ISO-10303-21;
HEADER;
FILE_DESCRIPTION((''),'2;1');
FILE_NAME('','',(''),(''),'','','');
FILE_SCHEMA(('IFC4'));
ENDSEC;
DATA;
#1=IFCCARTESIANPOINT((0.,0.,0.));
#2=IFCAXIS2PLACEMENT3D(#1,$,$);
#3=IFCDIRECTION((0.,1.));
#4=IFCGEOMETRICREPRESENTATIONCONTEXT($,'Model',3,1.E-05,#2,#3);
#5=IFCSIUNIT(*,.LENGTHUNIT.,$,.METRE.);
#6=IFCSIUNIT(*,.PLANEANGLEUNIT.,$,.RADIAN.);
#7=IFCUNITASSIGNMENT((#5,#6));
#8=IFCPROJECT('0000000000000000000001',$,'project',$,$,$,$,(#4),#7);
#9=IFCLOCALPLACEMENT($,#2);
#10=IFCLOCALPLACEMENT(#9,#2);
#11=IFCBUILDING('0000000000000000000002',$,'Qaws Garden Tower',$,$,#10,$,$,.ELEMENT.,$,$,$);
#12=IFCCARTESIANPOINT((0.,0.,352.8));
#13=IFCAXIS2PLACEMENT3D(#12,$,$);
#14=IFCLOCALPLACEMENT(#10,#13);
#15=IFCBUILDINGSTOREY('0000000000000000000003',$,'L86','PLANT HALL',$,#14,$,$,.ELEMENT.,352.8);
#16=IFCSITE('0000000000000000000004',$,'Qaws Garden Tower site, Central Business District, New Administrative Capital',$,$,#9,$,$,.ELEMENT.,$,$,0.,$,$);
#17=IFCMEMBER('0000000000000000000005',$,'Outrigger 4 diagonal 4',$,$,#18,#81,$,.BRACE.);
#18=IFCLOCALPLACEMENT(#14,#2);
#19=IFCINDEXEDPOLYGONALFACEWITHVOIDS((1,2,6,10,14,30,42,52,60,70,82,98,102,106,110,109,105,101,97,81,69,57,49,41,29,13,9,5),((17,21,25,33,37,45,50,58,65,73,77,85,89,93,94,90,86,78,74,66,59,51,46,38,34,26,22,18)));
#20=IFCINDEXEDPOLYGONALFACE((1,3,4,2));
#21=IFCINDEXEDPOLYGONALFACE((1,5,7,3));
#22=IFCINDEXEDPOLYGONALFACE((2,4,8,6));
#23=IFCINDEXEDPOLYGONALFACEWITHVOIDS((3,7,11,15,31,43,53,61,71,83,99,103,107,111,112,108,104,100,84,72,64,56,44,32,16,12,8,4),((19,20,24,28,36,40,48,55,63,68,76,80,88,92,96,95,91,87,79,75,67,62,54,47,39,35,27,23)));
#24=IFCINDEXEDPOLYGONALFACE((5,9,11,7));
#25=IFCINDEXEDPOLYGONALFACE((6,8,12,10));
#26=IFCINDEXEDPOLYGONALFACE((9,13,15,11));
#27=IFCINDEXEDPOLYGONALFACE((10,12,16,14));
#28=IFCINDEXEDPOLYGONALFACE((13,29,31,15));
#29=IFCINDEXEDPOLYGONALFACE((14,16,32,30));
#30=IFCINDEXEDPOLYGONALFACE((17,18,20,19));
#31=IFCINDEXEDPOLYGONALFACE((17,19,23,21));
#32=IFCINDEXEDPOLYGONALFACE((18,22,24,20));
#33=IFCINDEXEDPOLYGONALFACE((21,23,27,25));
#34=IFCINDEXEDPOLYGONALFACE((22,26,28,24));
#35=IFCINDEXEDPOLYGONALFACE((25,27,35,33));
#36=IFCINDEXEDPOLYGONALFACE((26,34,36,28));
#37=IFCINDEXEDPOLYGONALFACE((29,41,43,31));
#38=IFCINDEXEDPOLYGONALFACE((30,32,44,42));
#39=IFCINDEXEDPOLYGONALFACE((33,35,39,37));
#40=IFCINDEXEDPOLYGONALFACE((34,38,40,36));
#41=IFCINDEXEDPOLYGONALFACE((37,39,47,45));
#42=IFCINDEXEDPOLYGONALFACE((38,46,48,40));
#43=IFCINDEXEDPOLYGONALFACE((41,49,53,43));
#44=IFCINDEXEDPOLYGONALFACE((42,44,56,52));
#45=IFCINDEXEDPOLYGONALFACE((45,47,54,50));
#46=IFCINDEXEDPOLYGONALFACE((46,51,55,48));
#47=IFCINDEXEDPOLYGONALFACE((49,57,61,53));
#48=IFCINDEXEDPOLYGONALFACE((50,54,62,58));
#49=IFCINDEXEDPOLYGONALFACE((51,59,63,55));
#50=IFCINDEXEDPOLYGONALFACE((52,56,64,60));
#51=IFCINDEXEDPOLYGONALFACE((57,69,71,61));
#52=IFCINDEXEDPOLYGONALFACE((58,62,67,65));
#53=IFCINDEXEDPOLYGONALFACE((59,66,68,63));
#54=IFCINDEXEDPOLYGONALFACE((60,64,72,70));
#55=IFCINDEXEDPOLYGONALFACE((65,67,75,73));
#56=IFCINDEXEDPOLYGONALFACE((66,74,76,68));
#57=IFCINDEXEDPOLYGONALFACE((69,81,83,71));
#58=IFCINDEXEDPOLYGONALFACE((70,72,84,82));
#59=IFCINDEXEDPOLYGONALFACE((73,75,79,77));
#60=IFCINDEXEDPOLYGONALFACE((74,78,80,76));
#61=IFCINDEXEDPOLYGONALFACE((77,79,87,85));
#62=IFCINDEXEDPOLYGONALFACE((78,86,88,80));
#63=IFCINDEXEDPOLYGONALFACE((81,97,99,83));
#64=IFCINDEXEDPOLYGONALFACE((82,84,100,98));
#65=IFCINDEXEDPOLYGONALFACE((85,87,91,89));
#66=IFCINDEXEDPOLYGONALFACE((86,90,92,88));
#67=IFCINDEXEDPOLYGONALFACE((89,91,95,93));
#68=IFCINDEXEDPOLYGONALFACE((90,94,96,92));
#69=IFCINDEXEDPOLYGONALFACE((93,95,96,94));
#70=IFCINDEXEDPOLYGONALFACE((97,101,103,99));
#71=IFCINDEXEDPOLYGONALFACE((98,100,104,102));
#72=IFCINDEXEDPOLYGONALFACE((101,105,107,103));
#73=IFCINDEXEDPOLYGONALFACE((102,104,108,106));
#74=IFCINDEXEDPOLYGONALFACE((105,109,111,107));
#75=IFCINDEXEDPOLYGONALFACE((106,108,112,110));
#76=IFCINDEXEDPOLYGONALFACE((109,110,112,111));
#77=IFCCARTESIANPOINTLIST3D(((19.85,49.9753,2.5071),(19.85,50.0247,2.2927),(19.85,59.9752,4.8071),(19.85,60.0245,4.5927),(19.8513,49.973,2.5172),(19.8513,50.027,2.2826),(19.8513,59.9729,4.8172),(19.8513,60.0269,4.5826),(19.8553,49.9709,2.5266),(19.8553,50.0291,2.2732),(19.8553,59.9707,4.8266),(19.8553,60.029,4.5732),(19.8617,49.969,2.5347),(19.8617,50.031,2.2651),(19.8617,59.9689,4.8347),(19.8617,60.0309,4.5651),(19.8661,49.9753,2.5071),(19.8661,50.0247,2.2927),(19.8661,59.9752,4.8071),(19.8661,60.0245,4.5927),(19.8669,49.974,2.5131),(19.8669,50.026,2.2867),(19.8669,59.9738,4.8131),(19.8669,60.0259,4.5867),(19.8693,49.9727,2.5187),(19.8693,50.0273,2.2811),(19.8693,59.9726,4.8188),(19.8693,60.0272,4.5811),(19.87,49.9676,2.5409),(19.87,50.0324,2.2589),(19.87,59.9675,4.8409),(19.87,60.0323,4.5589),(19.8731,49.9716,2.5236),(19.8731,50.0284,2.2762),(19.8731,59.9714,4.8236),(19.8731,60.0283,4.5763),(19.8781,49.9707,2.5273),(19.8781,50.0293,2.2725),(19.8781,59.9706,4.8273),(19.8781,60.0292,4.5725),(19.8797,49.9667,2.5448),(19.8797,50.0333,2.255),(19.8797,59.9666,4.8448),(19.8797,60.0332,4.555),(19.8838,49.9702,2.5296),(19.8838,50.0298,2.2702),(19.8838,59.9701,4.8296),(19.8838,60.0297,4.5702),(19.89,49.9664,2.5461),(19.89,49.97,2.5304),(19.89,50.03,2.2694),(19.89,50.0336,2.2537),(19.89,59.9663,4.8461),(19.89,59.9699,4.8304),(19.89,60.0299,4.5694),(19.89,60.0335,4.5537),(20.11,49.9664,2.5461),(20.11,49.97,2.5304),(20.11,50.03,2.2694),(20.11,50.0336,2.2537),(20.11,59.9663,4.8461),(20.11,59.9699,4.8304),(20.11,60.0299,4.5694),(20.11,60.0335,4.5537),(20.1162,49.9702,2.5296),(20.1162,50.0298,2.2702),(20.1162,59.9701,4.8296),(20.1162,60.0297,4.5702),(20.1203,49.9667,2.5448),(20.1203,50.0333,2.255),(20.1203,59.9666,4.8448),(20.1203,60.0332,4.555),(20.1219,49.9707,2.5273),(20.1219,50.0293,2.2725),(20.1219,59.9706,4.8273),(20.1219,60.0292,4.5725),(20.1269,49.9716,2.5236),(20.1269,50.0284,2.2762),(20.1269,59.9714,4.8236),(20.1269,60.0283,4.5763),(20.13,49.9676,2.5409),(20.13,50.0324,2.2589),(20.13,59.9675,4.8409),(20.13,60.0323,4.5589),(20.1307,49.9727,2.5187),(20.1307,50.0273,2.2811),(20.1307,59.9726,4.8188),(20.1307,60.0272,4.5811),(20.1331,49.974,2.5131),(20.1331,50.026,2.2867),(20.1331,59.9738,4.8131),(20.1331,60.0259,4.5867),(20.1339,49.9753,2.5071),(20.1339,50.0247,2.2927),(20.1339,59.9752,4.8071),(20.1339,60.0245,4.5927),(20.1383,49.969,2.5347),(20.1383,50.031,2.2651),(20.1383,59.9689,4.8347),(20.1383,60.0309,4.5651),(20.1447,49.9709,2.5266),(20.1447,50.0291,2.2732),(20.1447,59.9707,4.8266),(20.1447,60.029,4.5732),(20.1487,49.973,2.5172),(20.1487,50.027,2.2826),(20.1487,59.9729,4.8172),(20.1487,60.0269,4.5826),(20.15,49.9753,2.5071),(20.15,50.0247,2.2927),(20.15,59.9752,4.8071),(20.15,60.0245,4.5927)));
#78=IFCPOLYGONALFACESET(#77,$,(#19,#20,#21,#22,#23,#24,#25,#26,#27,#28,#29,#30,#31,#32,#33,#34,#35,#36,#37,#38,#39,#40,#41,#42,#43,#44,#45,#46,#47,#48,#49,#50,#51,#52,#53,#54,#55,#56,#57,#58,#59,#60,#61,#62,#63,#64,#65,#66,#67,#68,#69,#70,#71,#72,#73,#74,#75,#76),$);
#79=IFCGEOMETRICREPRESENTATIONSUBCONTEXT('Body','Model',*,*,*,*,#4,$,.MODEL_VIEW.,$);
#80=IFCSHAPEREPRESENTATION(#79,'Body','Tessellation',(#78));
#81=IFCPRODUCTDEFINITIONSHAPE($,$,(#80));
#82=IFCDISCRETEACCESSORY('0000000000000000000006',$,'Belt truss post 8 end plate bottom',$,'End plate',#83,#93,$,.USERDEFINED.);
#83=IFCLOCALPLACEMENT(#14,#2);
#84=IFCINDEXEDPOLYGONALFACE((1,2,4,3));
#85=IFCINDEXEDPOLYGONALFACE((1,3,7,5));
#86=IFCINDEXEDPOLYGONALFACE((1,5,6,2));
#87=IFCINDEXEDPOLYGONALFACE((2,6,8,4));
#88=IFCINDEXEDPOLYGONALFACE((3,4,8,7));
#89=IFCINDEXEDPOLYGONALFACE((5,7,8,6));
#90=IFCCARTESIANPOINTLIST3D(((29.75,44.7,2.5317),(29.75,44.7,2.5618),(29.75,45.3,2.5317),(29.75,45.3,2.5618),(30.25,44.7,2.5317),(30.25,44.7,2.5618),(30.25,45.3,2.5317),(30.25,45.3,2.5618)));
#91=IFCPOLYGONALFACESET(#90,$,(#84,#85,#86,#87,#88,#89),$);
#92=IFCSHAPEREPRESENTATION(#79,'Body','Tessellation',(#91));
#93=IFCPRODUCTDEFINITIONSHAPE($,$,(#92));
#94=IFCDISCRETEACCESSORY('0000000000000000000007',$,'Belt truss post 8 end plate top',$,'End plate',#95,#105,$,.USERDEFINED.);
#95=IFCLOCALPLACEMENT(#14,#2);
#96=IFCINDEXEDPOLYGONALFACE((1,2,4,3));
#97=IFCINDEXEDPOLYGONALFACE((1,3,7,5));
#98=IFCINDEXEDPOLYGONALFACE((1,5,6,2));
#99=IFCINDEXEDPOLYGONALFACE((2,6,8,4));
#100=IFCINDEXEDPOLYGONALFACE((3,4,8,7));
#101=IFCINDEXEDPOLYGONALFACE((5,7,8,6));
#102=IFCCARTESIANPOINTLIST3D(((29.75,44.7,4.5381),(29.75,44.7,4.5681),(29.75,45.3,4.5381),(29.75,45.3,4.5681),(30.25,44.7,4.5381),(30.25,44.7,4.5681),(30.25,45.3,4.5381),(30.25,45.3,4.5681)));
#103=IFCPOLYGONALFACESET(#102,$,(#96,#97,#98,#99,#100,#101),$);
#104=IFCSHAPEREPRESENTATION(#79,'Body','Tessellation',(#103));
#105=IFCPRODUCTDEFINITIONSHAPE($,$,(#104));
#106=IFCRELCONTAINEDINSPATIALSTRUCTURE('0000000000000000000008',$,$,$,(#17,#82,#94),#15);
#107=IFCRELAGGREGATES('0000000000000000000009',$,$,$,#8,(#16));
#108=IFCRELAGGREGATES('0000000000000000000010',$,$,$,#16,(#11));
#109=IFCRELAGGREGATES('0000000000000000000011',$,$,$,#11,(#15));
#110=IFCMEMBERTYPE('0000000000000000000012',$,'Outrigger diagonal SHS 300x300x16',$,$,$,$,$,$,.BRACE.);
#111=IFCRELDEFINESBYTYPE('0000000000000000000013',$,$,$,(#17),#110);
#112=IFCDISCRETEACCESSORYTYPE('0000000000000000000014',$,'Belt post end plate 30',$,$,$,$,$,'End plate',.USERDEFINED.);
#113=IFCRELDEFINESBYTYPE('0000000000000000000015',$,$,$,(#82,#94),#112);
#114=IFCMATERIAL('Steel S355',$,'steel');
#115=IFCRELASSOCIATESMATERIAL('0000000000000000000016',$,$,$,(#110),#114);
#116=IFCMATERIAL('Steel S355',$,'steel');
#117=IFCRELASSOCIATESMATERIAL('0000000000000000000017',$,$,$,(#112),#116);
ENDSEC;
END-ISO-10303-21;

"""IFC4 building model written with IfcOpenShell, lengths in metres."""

from ifc_helpers import new_model, si_unit, direction, frame, origin, origin_2d, place, context, subcontext, project, spatial, rectangle, hollow_rectangle, extrude, material, material_profile, profile_set, type_object, element, save


model = new_model("IFC4")

# Units and contexts
model_context = context("Model", 3, precision=1e-05, world=origin(), true_north=direction((0.0, 1.0)))
body_context = subcontext(model_context, "Body", "Model", "MODEL_VIEW")
ifc_project = project(units=[si_unit("LENGTHUNIT", "METRE"), si_unit("PLANEANGLEUNIT", "RADIAN")], contexts=[model_context])

# Site, building, storey
site_placement = place(None, origin())
site = spatial("IfcSite", under=ifc_project, at=site_placement, Name="Qaws Garden Tower site, Central Business District, New Administrative Capital", CompositionType="ELEMENT", RefElevation=0.0)
building_placement = place(site_placement, origin())
building = spatial("IfcBuilding", under=site, at=building_placement, Name="Qaws Garden Tower", CompositionType="ELEMENT")
storey_placement = place(building_placement, frame((0.0, 0.0, 352.8)))
storey = spatial("IfcBuildingStorey", under=building, at=storey_placement, Name="L86", Description="PLANT HALL", CompositionType="ELEMENT", Elevation=352.8)

# Member
ifc_material_1 = material(Name="Steel S355", Category="steel")
ifc_material_profile_1 = material_profile(ifc_material_1, hollow_rectangle(XDim=0.3, YDim=0.3, WallThickness=0.0161, InnerFilletRadius=0.0239, OuterFilletRadius=0.04, at=origin_2d()), Name="SHS 300x300x16")
ifc_profile_set_1 = profile_set([ifc_material_profile_1], Name="Steel S355")
member_type_1 = type_object("IfcMemberType", Name="Outrigger diagonal SHS 300x300x16", PredefinedType="BRACE", material=ifc_profile_set_1)
member_1_placement = place(storey_placement, frame((20.0, 50.0, 2.3999), z_axis=(0.0, 0.974554, 0.224152), x_axis=(-1.0, 0.0, 0.0)))
element("IfcMember", 1, at=member_1_placement, inside=storey, type_object=member_type_1, Name="Outrigger 4 diagonal 4", PredefinedType="BRACE", context=body_context, shape_type="SweptSolid", body=[
    extrude(hollow_rectangle(XDim=0.3, YDim=0.3, WallThickness=0.0161, InnerFilletRadius=0.0239, OuterFilletRadius=0.04, at=origin_2d()), origin(), (0.0, 0.0, 1.0), 10.261),
])

# Discrete accessories
ifc_material_2 = material(Name="Steel S355", Category="steel")
discrete_accessory_type = type_object("IfcDiscreteAccessoryType", Name="Belt post end plate 30", ElementType="End plate", PredefinedType="USERDEFINED", material=ifc_material_2)
for number, where, z_axis, x_axis, name in (
    (2, (30.0, 45.0, 2.5317), (0.0, 0.0, 1.0), (1.0, 0.0, 0.0), "Belt truss post 8 end plate bottom"),
    (3, (30.0, 45.0, 4.5381), (0.0, 0.0, 1.0), (1.0, 0.0, 0.0), "Belt truss post 8 end plate top"),
):
    element("IfcDiscreteAccessory", number, at=place(storey_placement, frame(where, z_axis=z_axis, x_axis=x_axis)), inside=storey, type_object=discrete_accessory_type, Name=name, ObjectType="End plate", PredefinedType="USERDEFINED", context=body_context, shape_type="SweptSolid", body=[
        extrude(rectangle(XDim=0.5, YDim=0.6001, at=origin_2d()), origin(), (0.0, 0.0, 1.0), 0.03),
    ])

save(model, "model.ifc")
